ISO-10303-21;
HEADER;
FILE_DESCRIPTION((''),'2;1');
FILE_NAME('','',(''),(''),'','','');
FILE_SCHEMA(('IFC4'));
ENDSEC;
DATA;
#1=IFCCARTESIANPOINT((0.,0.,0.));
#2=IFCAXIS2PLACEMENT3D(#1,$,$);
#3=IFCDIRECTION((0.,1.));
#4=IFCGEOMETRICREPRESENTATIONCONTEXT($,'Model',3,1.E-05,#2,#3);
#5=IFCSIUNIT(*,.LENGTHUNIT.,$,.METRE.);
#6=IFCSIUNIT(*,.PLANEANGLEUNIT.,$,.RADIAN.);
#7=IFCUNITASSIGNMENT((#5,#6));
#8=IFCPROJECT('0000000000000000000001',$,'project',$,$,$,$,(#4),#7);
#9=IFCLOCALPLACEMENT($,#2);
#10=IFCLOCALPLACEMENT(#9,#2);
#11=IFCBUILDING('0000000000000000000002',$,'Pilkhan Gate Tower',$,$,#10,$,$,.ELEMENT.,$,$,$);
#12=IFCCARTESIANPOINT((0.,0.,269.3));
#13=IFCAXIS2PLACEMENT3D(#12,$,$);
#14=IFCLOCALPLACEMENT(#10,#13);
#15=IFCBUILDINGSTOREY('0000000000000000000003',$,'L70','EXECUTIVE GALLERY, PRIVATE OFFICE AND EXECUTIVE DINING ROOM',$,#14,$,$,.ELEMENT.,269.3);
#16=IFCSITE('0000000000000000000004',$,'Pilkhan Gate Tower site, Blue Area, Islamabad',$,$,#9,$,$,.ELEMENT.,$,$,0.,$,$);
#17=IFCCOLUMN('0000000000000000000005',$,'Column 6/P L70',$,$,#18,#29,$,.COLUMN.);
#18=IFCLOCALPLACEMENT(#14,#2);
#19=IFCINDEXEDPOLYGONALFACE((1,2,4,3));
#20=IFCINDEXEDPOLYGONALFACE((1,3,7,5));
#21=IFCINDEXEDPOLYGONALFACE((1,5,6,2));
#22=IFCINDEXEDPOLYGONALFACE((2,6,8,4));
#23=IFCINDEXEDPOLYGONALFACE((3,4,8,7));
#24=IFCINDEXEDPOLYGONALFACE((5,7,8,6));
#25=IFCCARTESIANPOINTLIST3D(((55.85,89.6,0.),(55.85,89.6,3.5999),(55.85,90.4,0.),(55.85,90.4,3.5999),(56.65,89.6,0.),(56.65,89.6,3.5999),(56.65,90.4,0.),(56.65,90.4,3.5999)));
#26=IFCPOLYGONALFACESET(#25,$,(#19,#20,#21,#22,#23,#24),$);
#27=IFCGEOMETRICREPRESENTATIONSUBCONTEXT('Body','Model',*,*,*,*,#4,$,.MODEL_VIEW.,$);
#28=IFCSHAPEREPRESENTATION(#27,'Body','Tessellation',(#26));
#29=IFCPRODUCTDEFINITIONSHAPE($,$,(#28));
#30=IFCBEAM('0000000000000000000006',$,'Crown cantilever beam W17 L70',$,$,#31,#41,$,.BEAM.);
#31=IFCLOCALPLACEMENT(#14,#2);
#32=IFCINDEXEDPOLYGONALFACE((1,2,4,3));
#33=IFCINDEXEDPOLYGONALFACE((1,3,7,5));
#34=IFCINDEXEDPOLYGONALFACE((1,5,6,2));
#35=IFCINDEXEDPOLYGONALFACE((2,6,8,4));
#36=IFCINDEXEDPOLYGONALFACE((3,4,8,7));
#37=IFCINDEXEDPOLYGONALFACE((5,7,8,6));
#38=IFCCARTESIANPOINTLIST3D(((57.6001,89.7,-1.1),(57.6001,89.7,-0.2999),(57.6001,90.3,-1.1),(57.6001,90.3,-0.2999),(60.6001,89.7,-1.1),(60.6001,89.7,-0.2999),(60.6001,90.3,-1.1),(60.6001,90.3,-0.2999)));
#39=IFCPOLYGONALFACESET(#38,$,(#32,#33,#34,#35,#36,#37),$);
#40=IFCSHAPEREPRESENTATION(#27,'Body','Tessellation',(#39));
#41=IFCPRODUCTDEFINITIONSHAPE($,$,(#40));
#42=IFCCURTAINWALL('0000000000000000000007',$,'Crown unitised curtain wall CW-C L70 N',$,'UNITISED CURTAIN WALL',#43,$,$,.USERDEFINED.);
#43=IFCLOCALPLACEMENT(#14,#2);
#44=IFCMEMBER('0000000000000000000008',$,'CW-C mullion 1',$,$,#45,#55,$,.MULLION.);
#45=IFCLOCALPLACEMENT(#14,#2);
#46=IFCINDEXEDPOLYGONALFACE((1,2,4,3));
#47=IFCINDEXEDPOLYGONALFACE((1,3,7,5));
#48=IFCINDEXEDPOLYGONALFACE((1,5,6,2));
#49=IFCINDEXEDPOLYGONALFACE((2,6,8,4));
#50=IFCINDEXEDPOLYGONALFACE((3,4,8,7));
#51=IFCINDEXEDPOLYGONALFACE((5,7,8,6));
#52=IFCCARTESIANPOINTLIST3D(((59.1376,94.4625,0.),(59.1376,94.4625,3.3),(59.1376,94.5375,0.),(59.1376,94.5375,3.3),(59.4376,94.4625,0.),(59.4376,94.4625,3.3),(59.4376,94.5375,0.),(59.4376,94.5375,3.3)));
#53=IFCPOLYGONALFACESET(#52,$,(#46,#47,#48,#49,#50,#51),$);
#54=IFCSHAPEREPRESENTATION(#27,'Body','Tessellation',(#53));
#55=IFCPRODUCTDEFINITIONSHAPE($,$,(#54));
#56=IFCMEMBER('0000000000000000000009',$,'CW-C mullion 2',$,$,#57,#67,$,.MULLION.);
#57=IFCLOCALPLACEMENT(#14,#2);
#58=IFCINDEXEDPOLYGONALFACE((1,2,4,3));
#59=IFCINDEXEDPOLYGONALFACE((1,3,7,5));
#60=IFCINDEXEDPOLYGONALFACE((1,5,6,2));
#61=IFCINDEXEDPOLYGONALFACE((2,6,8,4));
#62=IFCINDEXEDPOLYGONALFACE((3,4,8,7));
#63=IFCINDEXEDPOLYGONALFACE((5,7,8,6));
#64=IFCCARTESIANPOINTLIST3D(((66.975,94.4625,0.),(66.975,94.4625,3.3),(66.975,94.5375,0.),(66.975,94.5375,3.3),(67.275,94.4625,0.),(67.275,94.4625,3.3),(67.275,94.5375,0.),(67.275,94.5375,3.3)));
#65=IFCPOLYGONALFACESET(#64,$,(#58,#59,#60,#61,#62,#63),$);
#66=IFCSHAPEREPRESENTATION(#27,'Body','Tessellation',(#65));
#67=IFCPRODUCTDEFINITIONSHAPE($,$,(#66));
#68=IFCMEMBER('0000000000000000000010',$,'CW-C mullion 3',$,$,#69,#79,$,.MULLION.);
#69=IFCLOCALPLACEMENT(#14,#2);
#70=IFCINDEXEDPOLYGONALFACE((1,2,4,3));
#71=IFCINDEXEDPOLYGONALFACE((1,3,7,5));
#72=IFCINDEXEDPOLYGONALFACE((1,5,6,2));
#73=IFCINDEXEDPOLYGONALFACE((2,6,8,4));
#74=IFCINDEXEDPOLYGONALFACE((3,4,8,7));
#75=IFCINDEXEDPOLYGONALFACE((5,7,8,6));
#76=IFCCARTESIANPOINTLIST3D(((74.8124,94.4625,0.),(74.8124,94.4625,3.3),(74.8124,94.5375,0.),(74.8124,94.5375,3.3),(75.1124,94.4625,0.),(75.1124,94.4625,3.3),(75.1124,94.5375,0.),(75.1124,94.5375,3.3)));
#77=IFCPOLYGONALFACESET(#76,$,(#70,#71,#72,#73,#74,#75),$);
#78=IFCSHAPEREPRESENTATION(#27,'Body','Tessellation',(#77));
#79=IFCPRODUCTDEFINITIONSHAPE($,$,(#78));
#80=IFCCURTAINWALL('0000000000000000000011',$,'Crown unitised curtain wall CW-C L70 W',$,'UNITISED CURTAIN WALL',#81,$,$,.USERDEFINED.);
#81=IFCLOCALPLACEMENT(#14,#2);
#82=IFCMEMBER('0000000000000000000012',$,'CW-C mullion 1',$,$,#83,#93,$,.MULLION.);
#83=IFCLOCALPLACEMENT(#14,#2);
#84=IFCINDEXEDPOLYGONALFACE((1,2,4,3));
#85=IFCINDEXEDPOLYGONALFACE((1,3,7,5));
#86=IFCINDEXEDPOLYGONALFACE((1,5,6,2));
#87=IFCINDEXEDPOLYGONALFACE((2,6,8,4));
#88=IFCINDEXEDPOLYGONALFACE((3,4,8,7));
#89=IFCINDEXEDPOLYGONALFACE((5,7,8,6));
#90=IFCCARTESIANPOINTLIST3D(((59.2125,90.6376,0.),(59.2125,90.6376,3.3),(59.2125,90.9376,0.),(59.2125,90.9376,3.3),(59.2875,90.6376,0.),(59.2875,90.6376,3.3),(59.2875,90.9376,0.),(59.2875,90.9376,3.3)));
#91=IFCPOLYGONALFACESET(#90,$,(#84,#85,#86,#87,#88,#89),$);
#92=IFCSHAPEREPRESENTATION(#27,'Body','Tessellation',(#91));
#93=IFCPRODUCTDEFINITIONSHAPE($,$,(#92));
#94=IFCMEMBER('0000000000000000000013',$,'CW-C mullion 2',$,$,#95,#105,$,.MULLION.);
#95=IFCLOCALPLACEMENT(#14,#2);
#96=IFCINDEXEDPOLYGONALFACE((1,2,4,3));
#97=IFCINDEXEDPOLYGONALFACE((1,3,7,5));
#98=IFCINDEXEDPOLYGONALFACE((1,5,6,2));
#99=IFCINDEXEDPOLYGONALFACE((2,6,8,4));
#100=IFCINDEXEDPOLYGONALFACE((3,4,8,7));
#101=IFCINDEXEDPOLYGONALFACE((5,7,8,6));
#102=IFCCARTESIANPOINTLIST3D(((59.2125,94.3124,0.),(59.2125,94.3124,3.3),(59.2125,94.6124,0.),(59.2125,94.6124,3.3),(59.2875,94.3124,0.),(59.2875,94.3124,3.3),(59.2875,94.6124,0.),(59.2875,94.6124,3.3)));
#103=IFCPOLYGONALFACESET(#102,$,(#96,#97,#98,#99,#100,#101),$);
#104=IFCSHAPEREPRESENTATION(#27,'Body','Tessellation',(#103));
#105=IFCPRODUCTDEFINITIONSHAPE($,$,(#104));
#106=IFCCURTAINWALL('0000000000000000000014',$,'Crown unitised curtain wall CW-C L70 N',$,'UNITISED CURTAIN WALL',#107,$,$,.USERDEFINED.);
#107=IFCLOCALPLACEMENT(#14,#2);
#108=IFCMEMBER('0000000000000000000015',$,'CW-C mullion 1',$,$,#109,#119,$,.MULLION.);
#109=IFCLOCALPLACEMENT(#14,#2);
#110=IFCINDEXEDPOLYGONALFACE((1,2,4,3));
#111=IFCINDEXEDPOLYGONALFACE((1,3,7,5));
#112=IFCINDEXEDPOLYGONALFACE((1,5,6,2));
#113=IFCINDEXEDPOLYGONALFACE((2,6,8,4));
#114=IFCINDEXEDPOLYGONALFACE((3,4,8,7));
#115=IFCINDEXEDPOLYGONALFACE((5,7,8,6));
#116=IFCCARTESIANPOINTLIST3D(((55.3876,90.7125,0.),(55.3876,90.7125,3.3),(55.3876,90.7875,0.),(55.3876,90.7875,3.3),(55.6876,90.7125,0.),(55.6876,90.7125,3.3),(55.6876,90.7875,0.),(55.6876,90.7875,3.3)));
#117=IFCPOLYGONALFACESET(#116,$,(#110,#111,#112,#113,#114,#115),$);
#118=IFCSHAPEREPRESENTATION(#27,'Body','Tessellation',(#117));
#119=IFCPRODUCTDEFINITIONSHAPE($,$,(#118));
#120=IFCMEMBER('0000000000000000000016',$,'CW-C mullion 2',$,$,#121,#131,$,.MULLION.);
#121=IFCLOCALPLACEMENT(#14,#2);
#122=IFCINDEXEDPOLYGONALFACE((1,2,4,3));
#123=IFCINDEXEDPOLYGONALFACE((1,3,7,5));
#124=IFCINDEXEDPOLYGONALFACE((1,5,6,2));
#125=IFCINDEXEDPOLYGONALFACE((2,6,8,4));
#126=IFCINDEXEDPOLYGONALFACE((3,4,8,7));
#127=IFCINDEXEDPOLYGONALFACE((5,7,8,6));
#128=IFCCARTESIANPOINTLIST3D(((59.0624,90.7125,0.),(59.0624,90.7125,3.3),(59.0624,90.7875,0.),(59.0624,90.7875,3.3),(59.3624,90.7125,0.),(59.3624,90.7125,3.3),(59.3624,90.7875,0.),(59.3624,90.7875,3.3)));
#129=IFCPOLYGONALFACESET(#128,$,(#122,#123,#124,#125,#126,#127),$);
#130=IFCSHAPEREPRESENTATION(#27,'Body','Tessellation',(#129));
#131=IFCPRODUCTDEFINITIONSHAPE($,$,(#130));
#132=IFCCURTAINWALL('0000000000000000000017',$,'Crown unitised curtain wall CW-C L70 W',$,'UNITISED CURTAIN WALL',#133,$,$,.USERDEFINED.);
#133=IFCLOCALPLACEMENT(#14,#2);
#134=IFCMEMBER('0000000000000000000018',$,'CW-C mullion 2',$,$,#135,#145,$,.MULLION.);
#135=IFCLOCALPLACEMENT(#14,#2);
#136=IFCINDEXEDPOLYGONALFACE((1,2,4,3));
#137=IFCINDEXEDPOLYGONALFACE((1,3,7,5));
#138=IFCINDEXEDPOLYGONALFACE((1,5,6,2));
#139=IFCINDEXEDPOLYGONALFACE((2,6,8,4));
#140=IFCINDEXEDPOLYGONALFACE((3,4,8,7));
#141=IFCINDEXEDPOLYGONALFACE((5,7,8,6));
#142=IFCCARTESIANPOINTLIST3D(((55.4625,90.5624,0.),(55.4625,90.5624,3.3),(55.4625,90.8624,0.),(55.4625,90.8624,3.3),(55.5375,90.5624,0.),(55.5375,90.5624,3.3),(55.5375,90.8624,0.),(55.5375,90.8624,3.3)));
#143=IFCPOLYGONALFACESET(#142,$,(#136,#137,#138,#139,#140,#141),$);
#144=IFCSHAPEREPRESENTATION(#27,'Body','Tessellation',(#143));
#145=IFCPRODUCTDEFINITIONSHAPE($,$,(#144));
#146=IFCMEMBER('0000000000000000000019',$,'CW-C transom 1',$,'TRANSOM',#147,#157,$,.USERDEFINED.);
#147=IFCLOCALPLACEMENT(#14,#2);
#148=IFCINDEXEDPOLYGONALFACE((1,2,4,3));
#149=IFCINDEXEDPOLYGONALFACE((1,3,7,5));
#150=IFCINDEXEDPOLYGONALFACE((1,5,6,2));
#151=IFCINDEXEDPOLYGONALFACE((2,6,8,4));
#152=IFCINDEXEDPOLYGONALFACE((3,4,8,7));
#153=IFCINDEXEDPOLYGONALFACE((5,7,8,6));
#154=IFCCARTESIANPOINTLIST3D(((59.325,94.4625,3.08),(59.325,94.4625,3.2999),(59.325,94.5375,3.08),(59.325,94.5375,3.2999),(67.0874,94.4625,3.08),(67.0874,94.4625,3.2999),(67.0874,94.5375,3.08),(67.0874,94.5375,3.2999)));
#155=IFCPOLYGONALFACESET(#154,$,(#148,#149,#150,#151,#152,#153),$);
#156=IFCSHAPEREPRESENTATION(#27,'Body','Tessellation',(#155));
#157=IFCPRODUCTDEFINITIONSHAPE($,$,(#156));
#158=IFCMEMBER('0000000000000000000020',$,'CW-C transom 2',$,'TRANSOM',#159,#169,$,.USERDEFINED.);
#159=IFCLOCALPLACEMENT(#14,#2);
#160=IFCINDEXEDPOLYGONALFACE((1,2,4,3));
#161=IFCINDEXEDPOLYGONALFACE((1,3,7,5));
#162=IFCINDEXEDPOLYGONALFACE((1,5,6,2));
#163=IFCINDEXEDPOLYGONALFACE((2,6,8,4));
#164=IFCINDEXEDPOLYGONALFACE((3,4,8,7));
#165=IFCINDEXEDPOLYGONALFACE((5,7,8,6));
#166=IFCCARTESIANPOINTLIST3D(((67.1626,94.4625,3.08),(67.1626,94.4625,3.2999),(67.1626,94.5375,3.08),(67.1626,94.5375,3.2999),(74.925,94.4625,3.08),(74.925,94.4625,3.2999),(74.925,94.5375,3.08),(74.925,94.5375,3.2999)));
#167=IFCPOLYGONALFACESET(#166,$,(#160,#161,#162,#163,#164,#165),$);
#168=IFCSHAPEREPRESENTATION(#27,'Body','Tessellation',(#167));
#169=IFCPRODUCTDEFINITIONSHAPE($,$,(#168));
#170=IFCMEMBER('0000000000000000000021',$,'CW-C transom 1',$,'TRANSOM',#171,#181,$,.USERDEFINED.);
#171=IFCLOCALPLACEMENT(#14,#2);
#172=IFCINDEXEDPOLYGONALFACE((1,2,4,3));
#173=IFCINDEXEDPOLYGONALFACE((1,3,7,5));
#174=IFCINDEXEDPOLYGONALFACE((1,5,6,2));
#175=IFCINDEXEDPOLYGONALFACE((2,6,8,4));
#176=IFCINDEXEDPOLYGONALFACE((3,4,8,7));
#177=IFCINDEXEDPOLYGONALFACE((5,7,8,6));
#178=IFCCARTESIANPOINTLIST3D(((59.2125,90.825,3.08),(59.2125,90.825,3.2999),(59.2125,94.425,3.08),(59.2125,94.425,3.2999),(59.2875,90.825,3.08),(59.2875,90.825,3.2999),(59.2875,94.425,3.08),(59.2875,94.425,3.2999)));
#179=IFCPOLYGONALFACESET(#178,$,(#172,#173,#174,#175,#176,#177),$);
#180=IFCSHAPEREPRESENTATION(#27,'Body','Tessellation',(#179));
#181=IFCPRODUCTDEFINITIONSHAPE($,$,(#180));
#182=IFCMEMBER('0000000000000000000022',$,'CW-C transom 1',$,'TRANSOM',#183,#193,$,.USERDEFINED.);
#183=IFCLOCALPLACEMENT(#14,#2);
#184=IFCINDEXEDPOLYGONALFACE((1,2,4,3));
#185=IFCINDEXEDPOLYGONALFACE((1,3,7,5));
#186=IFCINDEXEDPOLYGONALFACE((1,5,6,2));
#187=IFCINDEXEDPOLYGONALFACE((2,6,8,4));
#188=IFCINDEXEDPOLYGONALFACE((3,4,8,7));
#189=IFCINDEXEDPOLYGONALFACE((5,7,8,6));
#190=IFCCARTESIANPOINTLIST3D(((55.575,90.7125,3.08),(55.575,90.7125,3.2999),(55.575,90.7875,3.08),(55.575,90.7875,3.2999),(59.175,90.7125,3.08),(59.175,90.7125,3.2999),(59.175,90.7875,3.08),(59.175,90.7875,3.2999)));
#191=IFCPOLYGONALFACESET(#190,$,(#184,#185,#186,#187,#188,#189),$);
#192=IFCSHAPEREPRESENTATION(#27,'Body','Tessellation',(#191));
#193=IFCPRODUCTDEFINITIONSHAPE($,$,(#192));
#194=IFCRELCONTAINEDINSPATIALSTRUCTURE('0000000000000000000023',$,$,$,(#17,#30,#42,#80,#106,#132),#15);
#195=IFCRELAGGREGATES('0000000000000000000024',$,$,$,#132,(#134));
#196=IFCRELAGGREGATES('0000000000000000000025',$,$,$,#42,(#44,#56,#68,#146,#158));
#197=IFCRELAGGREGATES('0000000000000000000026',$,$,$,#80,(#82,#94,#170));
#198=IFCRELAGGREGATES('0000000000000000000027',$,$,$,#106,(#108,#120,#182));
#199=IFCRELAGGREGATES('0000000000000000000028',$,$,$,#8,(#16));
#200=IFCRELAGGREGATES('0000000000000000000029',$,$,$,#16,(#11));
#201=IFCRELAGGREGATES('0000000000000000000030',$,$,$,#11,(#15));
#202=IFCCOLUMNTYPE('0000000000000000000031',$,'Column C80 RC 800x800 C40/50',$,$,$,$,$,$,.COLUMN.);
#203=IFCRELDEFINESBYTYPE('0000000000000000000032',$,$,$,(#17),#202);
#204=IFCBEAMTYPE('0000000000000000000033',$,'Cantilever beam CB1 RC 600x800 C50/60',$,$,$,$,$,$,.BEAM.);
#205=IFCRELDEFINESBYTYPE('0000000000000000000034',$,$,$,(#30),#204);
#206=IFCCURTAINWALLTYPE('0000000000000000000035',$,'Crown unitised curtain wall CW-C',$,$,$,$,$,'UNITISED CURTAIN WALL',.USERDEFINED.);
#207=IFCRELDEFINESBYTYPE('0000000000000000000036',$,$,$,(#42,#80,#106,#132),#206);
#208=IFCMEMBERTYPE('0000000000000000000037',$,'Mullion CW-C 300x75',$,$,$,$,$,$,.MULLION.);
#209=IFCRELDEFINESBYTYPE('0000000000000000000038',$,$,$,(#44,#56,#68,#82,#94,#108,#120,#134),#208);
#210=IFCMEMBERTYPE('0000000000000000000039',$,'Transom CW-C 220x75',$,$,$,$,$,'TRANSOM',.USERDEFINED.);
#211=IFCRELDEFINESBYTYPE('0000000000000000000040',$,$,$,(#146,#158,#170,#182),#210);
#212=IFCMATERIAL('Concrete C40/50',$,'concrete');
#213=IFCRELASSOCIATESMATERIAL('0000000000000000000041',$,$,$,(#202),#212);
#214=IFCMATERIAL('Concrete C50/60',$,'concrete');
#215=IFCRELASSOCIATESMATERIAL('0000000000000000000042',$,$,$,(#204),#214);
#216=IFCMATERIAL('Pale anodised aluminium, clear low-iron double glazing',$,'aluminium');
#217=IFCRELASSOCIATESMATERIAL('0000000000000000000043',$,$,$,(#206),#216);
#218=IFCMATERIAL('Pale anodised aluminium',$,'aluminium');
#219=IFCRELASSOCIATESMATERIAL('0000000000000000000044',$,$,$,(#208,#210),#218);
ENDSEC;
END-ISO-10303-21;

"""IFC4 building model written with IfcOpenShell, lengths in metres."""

from ifc_helpers import new_model, si_unit, direction, frame, origin, origin_2d, place, context, subcontext, project, spatial, rectangle, extrude, material, material_profile, profile_set, type_object, element, aggregate, save


model = new_model("IFC4")

# Units and contexts
model_context = context("Model", 3, precision=1e-05, world=origin(), true_north=direction((0.0, 1.0)))
body_context = subcontext(model_context, "Body", "Model", "MODEL_VIEW")
ifc_project = project(units=[si_unit("LENGTHUNIT", "METRE"), si_unit("PLANEANGLEUNIT", "RADIAN")], contexts=[model_context])

# Site, building, storey
site_placement = place(None, origin())
site = spatial("IfcSite", under=ifc_project, at=site_placement, Name="Pilkhan Gate Tower site, Blue Area, Islamabad", CompositionType="ELEMENT", RefElevation=0.0)
building_placement = place(site_placement, origin())
building = spatial("IfcBuilding", under=site, at=building_placement, Name="Pilkhan Gate Tower", CompositionType="ELEMENT")
storey_placement = place(building_placement, frame((0.0, 0.0, 269.3)))
storey = spatial("IfcBuildingStorey", under=building, at=storey_placement, Name="L70", Description="EXECUTIVE GALLERY, PRIVATE OFFICE AND EXECUTIVE DINING ROOM", CompositionType="ELEMENT", Elevation=269.3)

# Column
ifc_material_1 = material(Name="Concrete C40/50", Category="concrete")
ifc_material_profile_1 = material_profile(ifc_material_1, rectangle(XDim=0.8, YDim=0.8, at=origin_2d()), Name="RC 800x800")
ifc_profile_set_1 = profile_set([ifc_material_profile_1], Name="Concrete C40/50")
column_type = type_object("IfcColumnType", Name="Column C80 RC 800x800 C40/50", PredefinedType="COLUMN", material=ifc_profile_set_1)
column_placement = place(storey_placement, frame((56.25, 90.0, 0.0), z_axis=(0.0, 0.0, 1.0), x_axis=(1.0, 0.0, 0.0)))
element("IfcColumn", 1, at=column_placement, inside=storey, type_object=column_type, Name="Column 6/P L70", PredefinedType="COLUMN", context=body_context, shape_type="SweptSolid", body=[
    extrude(rectangle(XDim=0.8, YDim=0.8, at=origin_2d()), origin(), (0.0, 0.0, 1.0), 3.5999),
])

# Beam
ifc_material_2 = material(Name="Concrete C50/60", Category="concrete")
ifc_material_profile_2 = material_profile(ifc_material_2, rectangle(XDim=0.6001, YDim=0.8, at=origin_2d()), Name="RC 600x800")
ifc_profile_set_2 = profile_set([ifc_material_profile_2], Name="Concrete C50/60")
beam_type = type_object("IfcBeamType", Name="Cantilever beam CB1 RC 600x800 C50/60", PredefinedType="BEAM", material=ifc_profile_set_2)
beam_placement = place(storey_placement, frame((60.6001, 90.0, -0.7), z_axis=(-1.0, 0.0, 0.0), x_axis=(0.0, -1.0, 0.0)))
element("IfcBeam", 2, at=beam_placement, inside=storey, type_object=beam_type, Name="Crown cantilever beam W17 L70", PredefinedType="BEAM", context=body_context, shape_type="SweptSolid", body=[
    extrude(rectangle(XDim=0.6001, YDim=0.8, at=origin_2d()), origin(), (0.0, 0.0, 1.0), 3.0),
])

# Curtain walls, members
ifc_material_3 = material(Name="Pale anodised aluminium, clear low-iron double glazing", Category="aluminium")
curtain_wall_type = type_object("IfcCurtainWallType", Name="Crown unitised curtain wall CW-C", ElementType="UNITISED CURTAIN WALL", PredefinedType="USERDEFINED", material=ifc_material_3)
curtain_wall_1_placement = place(storey_placement, origin())
curtain_wall_1 = element("IfcCurtainWall", 3, at=curtain_wall_1_placement, inside=storey, type_object=curtain_wall_type, Name="Crown unitised curtain wall CW-C L70 N", ObjectType="UNITISED CURTAIN WALL", PredefinedType="USERDEFINED")
ifc_material_4 = material(Name="Pale anodised aluminium", Category="aluminium")
ifc_material_profile_3 = material_profile(ifc_material_4, rectangle(XDim=0.075, YDim=0.3, at=origin_2d()), Name="Mullion 300x75")
ifc_profile_set_3 = profile_set([ifc_material_profile_3], Name="Pale anodised aluminium")
member_type_1 = type_object("IfcMemberType", Name="Mullion CW-C 300x75", PredefinedType="MULLION", material=ifc_profile_set_3)
member_1_placement = place(storey_placement, frame((59.2876, 94.5, 0.0), z_axis=(0.0, 0.0, 1.0), x_axis=(0.0, 1.0, 0.0)))
member_1 = element("IfcMember", 4, at=member_1_placement, type_object=member_type_1, Name="CW-C mullion 1", PredefinedType="MULLION", context=body_context, shape_type="SweptSolid", body=[
    extrude(rectangle(XDim=0.075, YDim=0.3, at=origin_2d()), origin(), (0.0, 0.0, 1.0), 3.3),
])
member_2_placement = place(storey_placement, frame((67.125, 94.5, 0.0), z_axis=(0.0, 0.0, 1.0), x_axis=(0.0, 1.0, 0.0)))
member_2 = element("IfcMember", 5, at=member_2_placement, type_object=member_type_1, Name="CW-C mullion 2", PredefinedType="MULLION", context=body_context, shape_type="SweptSolid", body=[
    extrude(rectangle(XDim=0.075, YDim=0.3, at=origin_2d()), origin(), (0.0, 0.0, 1.0), 3.3),
])
member_3_placement = place(storey_placement, frame((74.9624, 94.5, 0.0), z_axis=(0.0, 0.0, 1.0), x_axis=(0.0, 1.0, 0.0)))
member_3 = element("IfcMember", 6, at=member_3_placement, type_object=member_type_1, Name="CW-C mullion 3", PredefinedType="MULLION", context=body_context, shape_type="SweptSolid", body=[
    extrude(rectangle(XDim=0.075, YDim=0.3, at=origin_2d()), origin(), (0.0, 0.0, 1.0), 3.3),
])
curtain_wall_2_placement = place(storey_placement, origin())
curtain_wall_2 = element("IfcCurtainWall", 7, at=curtain_wall_2_placement, inside=storey, type_object=curtain_wall_type, Name="Crown unitised curtain wall CW-C L70 W", ObjectType="UNITISED CURTAIN WALL", PredefinedType="USERDEFINED")
member_4_placement = place(storey_placement, frame((59.25, 90.7876, 0.0), z_axis=(0.0, 0.0, 1.0), x_axis=(-1.0, 0.0, 0.0)))
member_4 = element("IfcMember", 8, at=member_4_placement, type_object=member_type_1, Name="CW-C mullion 1", PredefinedType="MULLION", context=body_context, shape_type="SweptSolid", body=[
    extrude(rectangle(XDim=0.075, YDim=0.3, at=origin_2d()), origin(), (0.0, 0.0, 1.0), 3.3),
])
member_5_placement = place(storey_placement, frame((59.25, 94.4624, 0.0), z_axis=(0.0, 0.0, 1.0), x_axis=(-1.0, 0.0, 0.0)))
member_5 = element("IfcMember", 9, at=member_5_placement, type_object=member_type_1, Name="CW-C mullion 2", PredefinedType="MULLION", context=body_context, shape_type="SweptSolid", body=[
    extrude(rectangle(XDim=0.075, YDim=0.3, at=origin_2d()), origin(), (0.0, 0.0, 1.0), 3.3),
])
curtain_wall_3_placement = place(storey_placement, origin())
curtain_wall_3 = element("IfcCurtainWall", 10, at=curtain_wall_3_placement, inside=storey, type_object=curtain_wall_type, Name="Crown unitised curtain wall CW-C L70 N", ObjectType="UNITISED CURTAIN WALL", PredefinedType="USERDEFINED")
member_6_placement = place(storey_placement, frame((55.5376, 90.75, 0.0), z_axis=(0.0, 0.0, 1.0), x_axis=(0.0, 1.0, 0.0)))
member_6 = element("IfcMember", 11, at=member_6_placement, type_object=member_type_1, Name="CW-C mullion 1", PredefinedType="MULLION", context=body_context, shape_type="SweptSolid", body=[
    extrude(rectangle(XDim=0.075, YDim=0.3, at=origin_2d()), origin(), (0.0, 0.0, 1.0), 3.3),
])
member_7_placement = place(storey_placement, frame((59.2124, 90.75, 0.0), z_axis=(0.0, 0.0, 1.0), x_axis=(0.0, 1.0, 0.0)))
member_7 = element("IfcMember", 12, at=member_7_placement, type_object=member_type_1, Name="CW-C mullion 2", PredefinedType="MULLION", context=body_context, shape_type="SweptSolid", body=[
    extrude(rectangle(XDim=0.075, YDim=0.3, at=origin_2d()), origin(), (0.0, 0.0, 1.0), 3.3),
])

# Curtain wall, member
curtain_wall_4_placement = place(storey_placement, origin())
curtain_wall_4 = element("IfcCurtainWall", 13, at=curtain_wall_4_placement, inside=storey, type_object=curtain_wall_type, Name="Crown unitised curtain wall CW-C L70 W", ObjectType="UNITISED CURTAIN WALL", PredefinedType="USERDEFINED")
member_8_placement = place(storey_placement, frame((55.5, 90.7124, 0.0), z_axis=(0.0, 0.0, 1.0), x_axis=(-1.0, 0.0, 0.0)))
member_8 = element("IfcMember", 14, at=member_8_placement, type_object=member_type_1, Name="CW-C mullion 2", PredefinedType="MULLION", context=body_context, shape_type="SweptSolid", body=[
    extrude(rectangle(XDim=0.075, YDim=0.3, at=origin_2d()), origin(), (0.0, 0.0, 1.0), 3.3),
])
aggregate(curtain_wall_4, [member_8])

# Members
ifc_material_profile_4 = material_profile(ifc_material_4, rectangle(XDim=0.075, YDim=0.22, at=origin_2d()), Name="Transom 220x75")
ifc_profile_set_4 = profile_set([ifc_material_profile_4], Name="Pale anodised aluminium")
member_type_2 = type_object("IfcMemberType", Name="Transom CW-C 220x75", ElementType="TRANSOM", PredefinedType="USERDEFINED", material=ifc_profile_set_4)
member_9_placement = place(storey_placement, frame((59.325, 94.5, 3.1899), z_axis=(1.0, 0.0, 0.0), x_axis=(0.0, 1.0, 0.0)))
member_9 = element("IfcMember", 15, at=member_9_placement, type_object=member_type_2, Name="CW-C transom 1", ObjectType="TRANSOM", PredefinedType="USERDEFINED", context=body_context, shape_type="SweptSolid", body=[
    extrude(rectangle(XDim=0.075, YDim=0.22, at=origin_2d()), origin(), (0.0, 0.0, 1.0), 7.7625),
])
member_10_placement = place(storey_placement, frame((67.1626, 94.5, 3.1899), z_axis=(1.0, 0.0, 0.0), x_axis=(0.0, 1.0, 0.0)))
member_10 = element("IfcMember", 16, at=member_10_placement, type_object=member_type_2, Name="CW-C transom 2", ObjectType="TRANSOM", PredefinedType="USERDEFINED", context=body_context, shape_type="SweptSolid", body=[
    extrude(rectangle(XDim=0.075, YDim=0.22, at=origin_2d()), origin(), (0.0, 0.0, 1.0), 7.7625),
])
member_11_placement = place(storey_placement, frame((59.25, 90.825, 3.1899), z_axis=(0.0, 1.0, 0.0), x_axis=(-1.0, 0.0, 0.0)))
member_11 = element("IfcMember", 17, at=member_11_placement, type_object=member_type_2, Name="CW-C transom 1", ObjectType="TRANSOM", PredefinedType="USERDEFINED", context=body_context, shape_type="SweptSolid", body=[
    extrude(rectangle(XDim=0.075, YDim=0.22, at=origin_2d()), origin(), (0.0, 0.0, 1.0), 3.6001),
])
member_12_placement = place(storey_placement, frame((55.575, 90.75, 3.1899), z_axis=(1.0, 0.0, 0.0), x_axis=(0.0, 1.0, 0.0)))
member_12 = element("IfcMember", 18, at=member_12_placement, type_object=member_type_2, Name="CW-C transom 1", ObjectType="TRANSOM", PredefinedType="USERDEFINED", context=body_context, shape_type="SweptSolid", body=[
    extrude(rectangle(XDim=0.075, YDim=0.22, at=origin_2d()), origin(), (0.0, 0.0, 1.0), 3.6001),
])

aggregate(curtain_wall_1, [member_1, member_2, member_3, member_9, member_10])
aggregate(curtain_wall_2, [member_4, member_5, member_11])
aggregate(curtain_wall_3, [member_6, member_7, member_12])

save(model, "model.ifc")
